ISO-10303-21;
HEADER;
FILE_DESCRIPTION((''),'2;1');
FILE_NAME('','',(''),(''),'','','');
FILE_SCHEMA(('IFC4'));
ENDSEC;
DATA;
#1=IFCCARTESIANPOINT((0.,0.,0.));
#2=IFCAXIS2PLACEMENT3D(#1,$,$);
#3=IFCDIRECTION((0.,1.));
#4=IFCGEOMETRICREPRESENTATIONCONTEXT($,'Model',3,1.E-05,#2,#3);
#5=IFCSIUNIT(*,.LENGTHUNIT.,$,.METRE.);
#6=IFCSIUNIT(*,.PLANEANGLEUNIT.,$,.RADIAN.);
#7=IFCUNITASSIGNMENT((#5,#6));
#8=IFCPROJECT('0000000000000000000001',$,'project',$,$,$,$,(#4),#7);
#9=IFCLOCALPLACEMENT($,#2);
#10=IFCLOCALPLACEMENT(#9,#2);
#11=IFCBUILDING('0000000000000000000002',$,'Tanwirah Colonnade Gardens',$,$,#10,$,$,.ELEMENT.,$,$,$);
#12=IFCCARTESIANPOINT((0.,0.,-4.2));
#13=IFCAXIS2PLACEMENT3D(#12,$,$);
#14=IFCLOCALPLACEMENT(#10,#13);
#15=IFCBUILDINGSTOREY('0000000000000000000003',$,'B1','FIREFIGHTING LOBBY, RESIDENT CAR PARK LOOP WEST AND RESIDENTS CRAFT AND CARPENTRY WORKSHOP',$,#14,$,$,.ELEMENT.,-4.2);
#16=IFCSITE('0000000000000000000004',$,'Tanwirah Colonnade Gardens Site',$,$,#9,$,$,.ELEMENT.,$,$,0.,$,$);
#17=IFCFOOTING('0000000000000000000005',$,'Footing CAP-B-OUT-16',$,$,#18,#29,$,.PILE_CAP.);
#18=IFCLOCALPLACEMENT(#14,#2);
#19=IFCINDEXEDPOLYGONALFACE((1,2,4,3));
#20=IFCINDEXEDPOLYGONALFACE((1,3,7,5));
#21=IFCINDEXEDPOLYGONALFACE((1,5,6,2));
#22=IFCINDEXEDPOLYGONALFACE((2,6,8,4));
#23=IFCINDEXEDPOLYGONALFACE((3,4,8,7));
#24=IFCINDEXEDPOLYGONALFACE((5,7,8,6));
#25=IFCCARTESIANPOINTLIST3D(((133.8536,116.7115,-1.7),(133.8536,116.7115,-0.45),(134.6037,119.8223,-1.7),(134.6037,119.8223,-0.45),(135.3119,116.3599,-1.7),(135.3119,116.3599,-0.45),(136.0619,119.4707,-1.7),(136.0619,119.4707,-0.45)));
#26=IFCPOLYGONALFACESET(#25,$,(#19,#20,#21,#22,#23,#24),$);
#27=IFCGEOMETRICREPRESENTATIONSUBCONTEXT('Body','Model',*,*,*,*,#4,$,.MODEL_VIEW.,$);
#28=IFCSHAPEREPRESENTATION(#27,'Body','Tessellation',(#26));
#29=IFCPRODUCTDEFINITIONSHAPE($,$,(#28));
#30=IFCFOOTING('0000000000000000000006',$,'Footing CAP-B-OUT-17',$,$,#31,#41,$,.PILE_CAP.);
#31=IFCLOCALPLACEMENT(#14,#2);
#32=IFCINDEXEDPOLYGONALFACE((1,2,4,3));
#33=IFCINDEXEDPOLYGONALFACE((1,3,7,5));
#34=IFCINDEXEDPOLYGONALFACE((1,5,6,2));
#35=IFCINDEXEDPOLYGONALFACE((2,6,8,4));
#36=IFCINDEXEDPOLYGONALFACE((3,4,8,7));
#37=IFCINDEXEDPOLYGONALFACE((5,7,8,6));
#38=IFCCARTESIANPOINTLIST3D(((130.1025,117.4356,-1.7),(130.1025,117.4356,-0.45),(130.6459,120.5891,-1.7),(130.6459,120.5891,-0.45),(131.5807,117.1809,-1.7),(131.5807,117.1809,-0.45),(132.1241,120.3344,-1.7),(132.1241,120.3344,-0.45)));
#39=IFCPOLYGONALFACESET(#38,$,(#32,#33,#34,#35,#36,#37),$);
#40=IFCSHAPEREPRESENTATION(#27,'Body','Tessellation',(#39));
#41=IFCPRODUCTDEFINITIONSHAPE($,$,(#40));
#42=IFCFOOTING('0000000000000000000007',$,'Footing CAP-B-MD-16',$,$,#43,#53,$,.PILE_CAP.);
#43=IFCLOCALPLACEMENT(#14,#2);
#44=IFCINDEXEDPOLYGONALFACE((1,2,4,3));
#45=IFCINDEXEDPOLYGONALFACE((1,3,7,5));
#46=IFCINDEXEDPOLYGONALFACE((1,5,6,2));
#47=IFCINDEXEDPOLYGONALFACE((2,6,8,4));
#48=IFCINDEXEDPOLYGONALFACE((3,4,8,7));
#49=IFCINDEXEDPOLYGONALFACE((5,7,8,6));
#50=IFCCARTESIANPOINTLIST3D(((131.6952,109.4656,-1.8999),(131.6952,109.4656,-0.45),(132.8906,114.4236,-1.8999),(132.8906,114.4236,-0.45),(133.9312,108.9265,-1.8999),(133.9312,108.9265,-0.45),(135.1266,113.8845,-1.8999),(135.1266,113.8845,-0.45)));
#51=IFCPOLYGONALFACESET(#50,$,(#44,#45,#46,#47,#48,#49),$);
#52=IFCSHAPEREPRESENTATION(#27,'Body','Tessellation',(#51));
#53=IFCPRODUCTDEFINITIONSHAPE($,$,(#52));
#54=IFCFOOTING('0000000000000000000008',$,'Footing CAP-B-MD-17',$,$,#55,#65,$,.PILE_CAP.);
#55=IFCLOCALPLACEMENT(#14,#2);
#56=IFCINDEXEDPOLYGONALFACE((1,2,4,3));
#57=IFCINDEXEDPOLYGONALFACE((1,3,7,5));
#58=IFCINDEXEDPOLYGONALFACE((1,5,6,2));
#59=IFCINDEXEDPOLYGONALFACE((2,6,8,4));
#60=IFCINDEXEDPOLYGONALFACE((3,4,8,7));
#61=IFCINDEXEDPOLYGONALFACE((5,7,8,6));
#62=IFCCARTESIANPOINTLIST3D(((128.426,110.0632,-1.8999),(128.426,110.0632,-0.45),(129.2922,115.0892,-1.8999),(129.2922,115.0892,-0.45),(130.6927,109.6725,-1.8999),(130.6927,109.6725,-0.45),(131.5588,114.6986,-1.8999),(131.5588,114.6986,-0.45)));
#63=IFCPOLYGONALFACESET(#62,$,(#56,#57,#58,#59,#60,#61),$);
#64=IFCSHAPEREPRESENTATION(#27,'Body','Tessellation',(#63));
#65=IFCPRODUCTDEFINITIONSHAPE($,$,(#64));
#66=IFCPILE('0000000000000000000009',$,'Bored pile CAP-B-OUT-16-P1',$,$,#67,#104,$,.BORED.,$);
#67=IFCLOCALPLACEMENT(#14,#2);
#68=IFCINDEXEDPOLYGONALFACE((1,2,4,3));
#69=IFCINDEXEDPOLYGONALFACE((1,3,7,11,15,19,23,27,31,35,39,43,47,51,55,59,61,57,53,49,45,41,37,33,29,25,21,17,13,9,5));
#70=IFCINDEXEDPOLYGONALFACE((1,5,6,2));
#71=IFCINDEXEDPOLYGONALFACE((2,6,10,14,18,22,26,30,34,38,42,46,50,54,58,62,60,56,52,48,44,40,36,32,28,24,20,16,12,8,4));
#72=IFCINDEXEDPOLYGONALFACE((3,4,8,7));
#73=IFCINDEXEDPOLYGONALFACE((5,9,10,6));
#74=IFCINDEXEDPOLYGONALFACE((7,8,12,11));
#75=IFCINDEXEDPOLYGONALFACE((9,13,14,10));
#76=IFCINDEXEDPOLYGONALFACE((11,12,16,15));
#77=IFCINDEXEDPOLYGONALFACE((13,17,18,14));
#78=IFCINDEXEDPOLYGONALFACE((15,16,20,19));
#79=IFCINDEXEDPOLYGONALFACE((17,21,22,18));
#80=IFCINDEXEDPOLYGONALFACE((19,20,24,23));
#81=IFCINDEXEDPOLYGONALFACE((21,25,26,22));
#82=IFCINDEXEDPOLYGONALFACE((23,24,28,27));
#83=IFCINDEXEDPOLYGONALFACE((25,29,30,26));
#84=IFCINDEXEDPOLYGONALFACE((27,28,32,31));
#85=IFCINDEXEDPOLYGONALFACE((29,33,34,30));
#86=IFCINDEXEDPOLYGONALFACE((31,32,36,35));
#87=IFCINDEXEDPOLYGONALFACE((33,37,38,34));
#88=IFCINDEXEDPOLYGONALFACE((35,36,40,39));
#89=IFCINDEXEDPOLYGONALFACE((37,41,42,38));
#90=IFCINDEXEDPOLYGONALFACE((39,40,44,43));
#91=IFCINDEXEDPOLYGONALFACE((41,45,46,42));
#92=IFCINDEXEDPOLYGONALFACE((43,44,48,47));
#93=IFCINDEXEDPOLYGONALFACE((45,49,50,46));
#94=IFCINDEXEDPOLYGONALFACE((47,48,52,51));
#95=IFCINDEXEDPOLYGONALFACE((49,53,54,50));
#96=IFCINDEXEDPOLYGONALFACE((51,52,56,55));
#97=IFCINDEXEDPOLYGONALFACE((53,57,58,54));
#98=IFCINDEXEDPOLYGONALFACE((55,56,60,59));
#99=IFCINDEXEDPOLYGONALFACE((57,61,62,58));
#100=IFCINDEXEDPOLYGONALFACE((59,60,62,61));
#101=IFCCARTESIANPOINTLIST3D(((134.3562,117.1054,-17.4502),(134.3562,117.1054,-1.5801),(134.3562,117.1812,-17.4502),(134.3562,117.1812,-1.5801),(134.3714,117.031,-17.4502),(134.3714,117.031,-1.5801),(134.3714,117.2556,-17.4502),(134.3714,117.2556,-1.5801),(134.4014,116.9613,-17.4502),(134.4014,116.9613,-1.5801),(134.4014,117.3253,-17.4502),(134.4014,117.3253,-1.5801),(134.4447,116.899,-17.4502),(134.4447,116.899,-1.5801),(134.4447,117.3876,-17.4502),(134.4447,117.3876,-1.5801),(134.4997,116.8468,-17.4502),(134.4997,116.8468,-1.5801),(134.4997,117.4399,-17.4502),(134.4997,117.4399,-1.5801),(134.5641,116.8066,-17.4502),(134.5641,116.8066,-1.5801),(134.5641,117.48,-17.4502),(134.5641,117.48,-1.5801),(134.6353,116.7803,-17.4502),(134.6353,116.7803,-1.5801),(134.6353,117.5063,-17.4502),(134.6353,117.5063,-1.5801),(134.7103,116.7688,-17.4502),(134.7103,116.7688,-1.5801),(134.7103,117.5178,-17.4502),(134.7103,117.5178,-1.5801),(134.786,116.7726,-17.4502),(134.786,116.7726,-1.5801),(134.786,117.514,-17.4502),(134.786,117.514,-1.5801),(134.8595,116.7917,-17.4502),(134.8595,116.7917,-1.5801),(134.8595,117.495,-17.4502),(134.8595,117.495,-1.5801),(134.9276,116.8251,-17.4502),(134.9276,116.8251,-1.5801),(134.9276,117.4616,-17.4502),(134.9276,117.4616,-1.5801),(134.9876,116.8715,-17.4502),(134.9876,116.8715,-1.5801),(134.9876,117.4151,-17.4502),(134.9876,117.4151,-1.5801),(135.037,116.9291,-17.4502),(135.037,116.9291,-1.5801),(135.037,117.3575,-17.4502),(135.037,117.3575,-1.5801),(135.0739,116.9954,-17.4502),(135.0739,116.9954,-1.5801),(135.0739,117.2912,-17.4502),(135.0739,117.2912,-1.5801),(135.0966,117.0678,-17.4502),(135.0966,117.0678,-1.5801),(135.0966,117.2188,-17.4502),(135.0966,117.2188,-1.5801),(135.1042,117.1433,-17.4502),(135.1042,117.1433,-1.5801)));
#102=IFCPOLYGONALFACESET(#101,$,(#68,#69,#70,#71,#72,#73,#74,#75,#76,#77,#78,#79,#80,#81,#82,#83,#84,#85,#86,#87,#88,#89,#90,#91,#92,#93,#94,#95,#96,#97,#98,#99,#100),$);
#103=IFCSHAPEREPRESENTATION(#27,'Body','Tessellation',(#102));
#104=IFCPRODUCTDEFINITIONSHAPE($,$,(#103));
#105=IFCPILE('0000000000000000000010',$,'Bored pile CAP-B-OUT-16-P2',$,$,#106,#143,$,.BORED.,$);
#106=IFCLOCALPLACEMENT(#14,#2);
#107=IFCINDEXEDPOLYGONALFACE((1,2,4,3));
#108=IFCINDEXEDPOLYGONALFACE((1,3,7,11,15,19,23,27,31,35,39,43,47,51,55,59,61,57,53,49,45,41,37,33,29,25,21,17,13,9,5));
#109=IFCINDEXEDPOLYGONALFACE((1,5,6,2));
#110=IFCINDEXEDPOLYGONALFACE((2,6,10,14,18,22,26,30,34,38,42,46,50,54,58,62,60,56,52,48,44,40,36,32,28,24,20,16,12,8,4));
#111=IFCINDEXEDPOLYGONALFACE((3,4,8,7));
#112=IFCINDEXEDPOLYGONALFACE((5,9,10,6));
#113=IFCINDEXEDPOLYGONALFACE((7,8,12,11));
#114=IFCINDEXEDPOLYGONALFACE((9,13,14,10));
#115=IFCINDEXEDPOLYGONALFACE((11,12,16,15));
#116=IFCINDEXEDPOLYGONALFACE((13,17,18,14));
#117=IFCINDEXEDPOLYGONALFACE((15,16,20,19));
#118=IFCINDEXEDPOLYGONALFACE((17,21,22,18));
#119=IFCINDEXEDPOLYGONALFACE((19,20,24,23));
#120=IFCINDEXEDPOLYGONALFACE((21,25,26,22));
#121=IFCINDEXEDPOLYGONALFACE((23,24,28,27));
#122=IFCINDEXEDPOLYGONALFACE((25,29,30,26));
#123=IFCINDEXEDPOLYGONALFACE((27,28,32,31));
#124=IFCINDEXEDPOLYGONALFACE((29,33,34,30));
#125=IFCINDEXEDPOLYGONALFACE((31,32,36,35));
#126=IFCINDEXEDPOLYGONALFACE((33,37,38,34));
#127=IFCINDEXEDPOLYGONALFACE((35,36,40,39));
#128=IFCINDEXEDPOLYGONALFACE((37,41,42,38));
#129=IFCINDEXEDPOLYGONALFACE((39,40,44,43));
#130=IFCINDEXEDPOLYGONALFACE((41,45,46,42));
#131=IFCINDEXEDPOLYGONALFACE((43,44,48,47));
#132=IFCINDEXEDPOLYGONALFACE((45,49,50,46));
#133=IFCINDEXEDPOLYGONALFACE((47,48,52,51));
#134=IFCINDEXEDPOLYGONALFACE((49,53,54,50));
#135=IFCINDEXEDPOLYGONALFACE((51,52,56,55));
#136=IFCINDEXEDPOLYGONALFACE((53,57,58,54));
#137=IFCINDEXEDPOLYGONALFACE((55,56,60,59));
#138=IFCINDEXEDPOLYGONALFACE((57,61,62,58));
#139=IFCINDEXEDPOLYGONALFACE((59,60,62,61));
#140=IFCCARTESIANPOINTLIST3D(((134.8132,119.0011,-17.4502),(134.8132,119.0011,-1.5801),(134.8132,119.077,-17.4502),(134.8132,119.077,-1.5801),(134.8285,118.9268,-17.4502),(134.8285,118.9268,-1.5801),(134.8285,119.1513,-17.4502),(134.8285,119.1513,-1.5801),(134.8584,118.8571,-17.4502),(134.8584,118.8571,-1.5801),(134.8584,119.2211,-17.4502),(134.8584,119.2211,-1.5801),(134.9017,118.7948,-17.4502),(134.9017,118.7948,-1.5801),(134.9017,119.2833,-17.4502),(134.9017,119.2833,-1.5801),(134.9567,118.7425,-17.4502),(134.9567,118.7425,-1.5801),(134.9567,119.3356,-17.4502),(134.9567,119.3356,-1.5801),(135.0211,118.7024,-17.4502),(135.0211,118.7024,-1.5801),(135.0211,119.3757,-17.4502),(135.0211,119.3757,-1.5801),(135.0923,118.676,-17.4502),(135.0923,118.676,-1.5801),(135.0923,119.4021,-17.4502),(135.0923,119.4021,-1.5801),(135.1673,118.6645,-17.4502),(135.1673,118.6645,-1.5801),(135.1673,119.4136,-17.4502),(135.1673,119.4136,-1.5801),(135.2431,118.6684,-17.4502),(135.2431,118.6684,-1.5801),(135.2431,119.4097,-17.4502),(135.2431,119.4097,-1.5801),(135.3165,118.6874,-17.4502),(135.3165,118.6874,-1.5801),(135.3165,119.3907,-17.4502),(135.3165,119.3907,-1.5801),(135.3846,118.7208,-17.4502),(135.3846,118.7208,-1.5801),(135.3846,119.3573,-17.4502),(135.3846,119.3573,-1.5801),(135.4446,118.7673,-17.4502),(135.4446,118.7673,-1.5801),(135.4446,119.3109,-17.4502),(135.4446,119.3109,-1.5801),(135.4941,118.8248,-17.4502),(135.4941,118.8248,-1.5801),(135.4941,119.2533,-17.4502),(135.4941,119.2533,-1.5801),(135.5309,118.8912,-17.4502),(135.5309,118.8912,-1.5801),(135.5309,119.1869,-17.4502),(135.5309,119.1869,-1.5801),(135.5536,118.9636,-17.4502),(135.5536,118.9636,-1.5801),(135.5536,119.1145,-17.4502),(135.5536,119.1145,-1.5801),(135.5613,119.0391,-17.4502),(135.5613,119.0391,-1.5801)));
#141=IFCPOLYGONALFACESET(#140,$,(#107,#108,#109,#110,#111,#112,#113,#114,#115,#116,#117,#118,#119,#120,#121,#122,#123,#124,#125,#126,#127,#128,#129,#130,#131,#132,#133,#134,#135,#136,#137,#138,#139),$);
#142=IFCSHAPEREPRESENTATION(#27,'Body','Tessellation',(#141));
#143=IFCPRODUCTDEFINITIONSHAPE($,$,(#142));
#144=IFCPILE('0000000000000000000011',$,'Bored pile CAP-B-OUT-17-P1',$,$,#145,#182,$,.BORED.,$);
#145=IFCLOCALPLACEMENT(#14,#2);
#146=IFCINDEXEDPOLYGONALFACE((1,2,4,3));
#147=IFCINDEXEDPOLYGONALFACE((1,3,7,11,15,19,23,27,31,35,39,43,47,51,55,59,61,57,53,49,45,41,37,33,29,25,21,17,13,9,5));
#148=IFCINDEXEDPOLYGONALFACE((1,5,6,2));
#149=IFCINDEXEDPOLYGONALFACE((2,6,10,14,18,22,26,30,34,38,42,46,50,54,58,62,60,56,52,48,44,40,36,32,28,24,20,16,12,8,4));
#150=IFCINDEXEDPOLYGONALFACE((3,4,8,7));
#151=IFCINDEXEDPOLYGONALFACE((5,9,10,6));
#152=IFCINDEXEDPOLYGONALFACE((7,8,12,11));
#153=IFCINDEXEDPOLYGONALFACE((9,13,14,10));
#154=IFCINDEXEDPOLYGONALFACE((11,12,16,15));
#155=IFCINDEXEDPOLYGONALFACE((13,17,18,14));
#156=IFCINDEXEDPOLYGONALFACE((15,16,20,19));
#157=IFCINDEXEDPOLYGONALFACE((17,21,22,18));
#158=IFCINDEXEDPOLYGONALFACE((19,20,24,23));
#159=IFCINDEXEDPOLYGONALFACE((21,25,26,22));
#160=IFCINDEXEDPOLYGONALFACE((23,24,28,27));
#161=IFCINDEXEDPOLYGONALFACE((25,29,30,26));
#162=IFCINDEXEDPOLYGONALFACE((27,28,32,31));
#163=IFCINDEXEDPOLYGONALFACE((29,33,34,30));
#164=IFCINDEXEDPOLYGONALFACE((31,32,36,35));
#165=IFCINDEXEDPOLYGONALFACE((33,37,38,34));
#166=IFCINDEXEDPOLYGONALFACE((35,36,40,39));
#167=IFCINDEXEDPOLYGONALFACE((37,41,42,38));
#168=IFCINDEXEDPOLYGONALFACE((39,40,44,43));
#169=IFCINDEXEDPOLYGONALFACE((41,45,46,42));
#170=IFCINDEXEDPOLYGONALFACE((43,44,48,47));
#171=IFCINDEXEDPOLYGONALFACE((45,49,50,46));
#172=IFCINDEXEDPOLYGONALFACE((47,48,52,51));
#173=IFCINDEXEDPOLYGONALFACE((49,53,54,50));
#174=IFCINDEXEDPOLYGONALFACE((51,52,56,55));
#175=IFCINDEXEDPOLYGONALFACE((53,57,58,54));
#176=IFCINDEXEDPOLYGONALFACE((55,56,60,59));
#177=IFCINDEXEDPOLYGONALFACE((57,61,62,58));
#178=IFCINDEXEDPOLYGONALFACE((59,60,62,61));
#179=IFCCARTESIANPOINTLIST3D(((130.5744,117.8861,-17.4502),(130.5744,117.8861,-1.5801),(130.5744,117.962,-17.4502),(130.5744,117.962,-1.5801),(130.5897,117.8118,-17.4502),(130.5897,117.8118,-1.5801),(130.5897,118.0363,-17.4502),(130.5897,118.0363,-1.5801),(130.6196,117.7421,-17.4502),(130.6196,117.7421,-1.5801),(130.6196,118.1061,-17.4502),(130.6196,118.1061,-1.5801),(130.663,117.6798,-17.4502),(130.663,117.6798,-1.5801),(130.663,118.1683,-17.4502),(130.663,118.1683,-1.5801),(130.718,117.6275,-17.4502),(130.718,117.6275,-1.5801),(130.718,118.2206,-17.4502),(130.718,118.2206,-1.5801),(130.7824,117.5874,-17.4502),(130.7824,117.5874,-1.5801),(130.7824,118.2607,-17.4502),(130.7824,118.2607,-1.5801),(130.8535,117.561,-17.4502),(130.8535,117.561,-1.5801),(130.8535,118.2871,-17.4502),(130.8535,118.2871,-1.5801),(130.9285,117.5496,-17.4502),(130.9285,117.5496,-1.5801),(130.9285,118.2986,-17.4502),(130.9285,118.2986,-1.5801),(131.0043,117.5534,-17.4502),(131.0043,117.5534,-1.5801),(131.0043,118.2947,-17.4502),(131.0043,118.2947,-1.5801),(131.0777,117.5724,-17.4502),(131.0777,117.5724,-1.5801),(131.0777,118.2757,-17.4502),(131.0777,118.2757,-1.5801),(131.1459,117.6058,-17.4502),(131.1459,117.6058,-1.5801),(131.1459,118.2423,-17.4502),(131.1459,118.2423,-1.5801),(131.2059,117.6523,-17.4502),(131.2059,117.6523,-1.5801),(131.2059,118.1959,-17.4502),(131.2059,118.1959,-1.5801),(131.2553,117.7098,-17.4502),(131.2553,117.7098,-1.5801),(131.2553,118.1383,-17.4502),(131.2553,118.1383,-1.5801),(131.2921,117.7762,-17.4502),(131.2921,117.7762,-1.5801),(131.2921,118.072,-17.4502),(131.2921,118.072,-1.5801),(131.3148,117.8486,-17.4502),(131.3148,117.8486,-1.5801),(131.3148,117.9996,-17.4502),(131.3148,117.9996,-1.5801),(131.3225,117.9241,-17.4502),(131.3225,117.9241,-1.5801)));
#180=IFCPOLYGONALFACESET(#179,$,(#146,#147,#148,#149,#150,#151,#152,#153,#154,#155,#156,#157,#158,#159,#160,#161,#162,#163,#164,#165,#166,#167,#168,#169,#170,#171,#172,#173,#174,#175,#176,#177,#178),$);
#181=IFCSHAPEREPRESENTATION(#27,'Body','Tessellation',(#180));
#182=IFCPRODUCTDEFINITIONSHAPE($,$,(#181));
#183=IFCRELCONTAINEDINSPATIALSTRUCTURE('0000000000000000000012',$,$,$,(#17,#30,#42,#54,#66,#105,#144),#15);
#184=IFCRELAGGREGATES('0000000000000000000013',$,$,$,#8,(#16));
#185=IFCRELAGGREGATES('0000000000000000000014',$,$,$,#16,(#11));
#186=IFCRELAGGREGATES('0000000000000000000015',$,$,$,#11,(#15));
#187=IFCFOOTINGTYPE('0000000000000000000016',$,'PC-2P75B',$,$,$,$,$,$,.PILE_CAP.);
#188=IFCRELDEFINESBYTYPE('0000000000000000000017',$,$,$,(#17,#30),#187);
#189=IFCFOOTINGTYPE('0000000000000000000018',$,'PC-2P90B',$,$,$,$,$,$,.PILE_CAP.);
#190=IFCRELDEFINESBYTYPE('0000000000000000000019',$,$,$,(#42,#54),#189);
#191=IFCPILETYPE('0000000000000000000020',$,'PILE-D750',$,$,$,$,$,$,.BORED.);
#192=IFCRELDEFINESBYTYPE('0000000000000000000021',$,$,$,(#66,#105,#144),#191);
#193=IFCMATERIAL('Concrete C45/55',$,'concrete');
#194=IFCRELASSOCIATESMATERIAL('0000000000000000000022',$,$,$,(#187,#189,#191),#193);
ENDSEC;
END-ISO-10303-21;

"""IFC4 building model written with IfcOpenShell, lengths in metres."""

from ifc_helpers import new_model, si_unit, direction, frame, origin, origin_2d, place, context, subcontext, project, spatial, rectangle, circle, extrude, material, material_profile, profile_set, type_object, element, save


model = new_model("IFC4")

# Units and contexts
model_context = context("Model", 3, precision=1e-05, world=origin(), true_north=direction((0.0, 1.0)))
body_context = subcontext(model_context, "Body", "Model", "MODEL_VIEW")
ifc_project = project(units=[si_unit("LENGTHUNIT", "METRE"), si_unit("PLANEANGLEUNIT", "RADIAN")], contexts=[model_context])

# Site, building, storey
site_placement = place(None, origin())
site = spatial("IfcSite", under=ifc_project, at=site_placement, Name="Tanwirah Colonnade Gardens Site", CompositionType="ELEMENT", RefElevation=0.0)
building_placement = place(site_placement, origin())
building = spatial("IfcBuilding", under=site, at=building_placement, Name="Tanwirah Colonnade Gardens", CompositionType="ELEMENT")
storey_placement = place(building_placement, frame((0.0, 0.0, -4.2)))
storey = spatial("IfcBuildingStorey", under=building, at=storey_placement, Name="B1", Description="FIREFIGHTING LOBBY, RESIDENT CAR PARK LOOP WEST AND RESIDENTS CRAFT AND CARPENTRY WORKSHOP", CompositionType="ELEMENT", Elevation=-4.2)

# Footings
ifc_material_1 = material(Name="Concrete C45/55", Category="concrete")
footing_type_1 = type_object("IfcFootingType", Name="PC-2P75B", PredefinedType="PILE_CAP", material=ifc_material_1)
for number, where, z_axis, x_axis, name in (
    (1, (134.9578, 118.0911, -1.7), (0.0, 0.0, 1.0), (0.234388, 0.972143, 0.0), "Footing CAP-B-OUT-16"),
    (2, (131.1133, 118.885, -1.7), (0.0, 0.0, 1.0), (0.169827, 0.985474, 0.0), "Footing CAP-B-OUT-17"),
):
    element("IfcFooting", number, at=place(storey_placement, frame(where, z_axis=z_axis, x_axis=x_axis)), inside=storey, type_object=footing_type_1, Name=name, PredefinedType="PILE_CAP", context=body_context, shape_type="SweptSolid", body=[
        extrude(rectangle(XDim=3.2, YDim=1.5, at=origin_2d()), origin(), (0.0, 0.0, 1.0), 1.25),
    ])
footing_type_2 = type_object("IfcFootingType", Name="PC-2P90B", PredefinedType="PILE_CAP", material=ifc_material_1)
for number, where, z_axis, x_axis, name in (
    (3, (133.4109, 111.675, -1.8999), (0.0, 0.0, 1.0), (0.234388, 0.972143, 0.0), "Footing CAP-B-MD-16"),
    (4, (129.9924, 112.3809, -1.8999), (0.0, 0.0, 1.0), (0.169827, 0.985474, 0.0), "Footing CAP-B-MD-17"),
):
    element("IfcFooting", number, at=place(storey_placement, frame(where, z_axis=z_axis, x_axis=x_axis)), inside=storey, type_object=footing_type_2, Name=name, PredefinedType="PILE_CAP", context=body_context, shape_type="SweptSolid", body=[
        extrude(rectangle(XDim=5.1001, YDim=2.3, at=origin_2d()), origin(), (0.0, 0.0, 1.0), 1.45),
    ])

# Piles
ifc_material_profile_1 = material_profile(ifc_material_1, circle(Radius=0.375, at=origin_2d()), Name="PILE D750")
ifc_profile_set_1 = profile_set([ifc_material_profile_1], Name="Concrete C45/55")
pile_type_1 = type_object("IfcPileType", Name="PILE-D750", PredefinedType="BORED", material=ifc_profile_set_1)
for number, where, z_axis, x_axis, name in (
    (5, (134.7292, 117.1433, -1.5801), (0.0, 0.0, -1.0), (1.0, 0.0, 0.0), "Bored pile CAP-B-OUT-16-P1"),
    (6, (135.1863, 119.0391, -1.5801), (0.0, 0.0, -1.0), (1.0, 0.0, 0.0), "Bored pile CAP-B-OUT-16-P2"),
    (7, (130.9475, 117.9241, -1.5801), (0.0, 0.0, -1.0), (1.0, 0.0, 0.0), "Bored pile CAP-B-OUT-17-P1"),
):
    element("IfcPile", number, at=place(storey_placement, frame(where, z_axis=z_axis, x_axis=x_axis)), inside=storey, type_object=pile_type_1, Name=name, PredefinedType="BORED", context=body_context, shape_type="SweptSolid", body=[
        extrude(circle(Radius=0.375, at=origin_2d()), origin(), (0.0, 0.0, 1.0), 15.8701),
    ])

save(model, "model.ifc")
